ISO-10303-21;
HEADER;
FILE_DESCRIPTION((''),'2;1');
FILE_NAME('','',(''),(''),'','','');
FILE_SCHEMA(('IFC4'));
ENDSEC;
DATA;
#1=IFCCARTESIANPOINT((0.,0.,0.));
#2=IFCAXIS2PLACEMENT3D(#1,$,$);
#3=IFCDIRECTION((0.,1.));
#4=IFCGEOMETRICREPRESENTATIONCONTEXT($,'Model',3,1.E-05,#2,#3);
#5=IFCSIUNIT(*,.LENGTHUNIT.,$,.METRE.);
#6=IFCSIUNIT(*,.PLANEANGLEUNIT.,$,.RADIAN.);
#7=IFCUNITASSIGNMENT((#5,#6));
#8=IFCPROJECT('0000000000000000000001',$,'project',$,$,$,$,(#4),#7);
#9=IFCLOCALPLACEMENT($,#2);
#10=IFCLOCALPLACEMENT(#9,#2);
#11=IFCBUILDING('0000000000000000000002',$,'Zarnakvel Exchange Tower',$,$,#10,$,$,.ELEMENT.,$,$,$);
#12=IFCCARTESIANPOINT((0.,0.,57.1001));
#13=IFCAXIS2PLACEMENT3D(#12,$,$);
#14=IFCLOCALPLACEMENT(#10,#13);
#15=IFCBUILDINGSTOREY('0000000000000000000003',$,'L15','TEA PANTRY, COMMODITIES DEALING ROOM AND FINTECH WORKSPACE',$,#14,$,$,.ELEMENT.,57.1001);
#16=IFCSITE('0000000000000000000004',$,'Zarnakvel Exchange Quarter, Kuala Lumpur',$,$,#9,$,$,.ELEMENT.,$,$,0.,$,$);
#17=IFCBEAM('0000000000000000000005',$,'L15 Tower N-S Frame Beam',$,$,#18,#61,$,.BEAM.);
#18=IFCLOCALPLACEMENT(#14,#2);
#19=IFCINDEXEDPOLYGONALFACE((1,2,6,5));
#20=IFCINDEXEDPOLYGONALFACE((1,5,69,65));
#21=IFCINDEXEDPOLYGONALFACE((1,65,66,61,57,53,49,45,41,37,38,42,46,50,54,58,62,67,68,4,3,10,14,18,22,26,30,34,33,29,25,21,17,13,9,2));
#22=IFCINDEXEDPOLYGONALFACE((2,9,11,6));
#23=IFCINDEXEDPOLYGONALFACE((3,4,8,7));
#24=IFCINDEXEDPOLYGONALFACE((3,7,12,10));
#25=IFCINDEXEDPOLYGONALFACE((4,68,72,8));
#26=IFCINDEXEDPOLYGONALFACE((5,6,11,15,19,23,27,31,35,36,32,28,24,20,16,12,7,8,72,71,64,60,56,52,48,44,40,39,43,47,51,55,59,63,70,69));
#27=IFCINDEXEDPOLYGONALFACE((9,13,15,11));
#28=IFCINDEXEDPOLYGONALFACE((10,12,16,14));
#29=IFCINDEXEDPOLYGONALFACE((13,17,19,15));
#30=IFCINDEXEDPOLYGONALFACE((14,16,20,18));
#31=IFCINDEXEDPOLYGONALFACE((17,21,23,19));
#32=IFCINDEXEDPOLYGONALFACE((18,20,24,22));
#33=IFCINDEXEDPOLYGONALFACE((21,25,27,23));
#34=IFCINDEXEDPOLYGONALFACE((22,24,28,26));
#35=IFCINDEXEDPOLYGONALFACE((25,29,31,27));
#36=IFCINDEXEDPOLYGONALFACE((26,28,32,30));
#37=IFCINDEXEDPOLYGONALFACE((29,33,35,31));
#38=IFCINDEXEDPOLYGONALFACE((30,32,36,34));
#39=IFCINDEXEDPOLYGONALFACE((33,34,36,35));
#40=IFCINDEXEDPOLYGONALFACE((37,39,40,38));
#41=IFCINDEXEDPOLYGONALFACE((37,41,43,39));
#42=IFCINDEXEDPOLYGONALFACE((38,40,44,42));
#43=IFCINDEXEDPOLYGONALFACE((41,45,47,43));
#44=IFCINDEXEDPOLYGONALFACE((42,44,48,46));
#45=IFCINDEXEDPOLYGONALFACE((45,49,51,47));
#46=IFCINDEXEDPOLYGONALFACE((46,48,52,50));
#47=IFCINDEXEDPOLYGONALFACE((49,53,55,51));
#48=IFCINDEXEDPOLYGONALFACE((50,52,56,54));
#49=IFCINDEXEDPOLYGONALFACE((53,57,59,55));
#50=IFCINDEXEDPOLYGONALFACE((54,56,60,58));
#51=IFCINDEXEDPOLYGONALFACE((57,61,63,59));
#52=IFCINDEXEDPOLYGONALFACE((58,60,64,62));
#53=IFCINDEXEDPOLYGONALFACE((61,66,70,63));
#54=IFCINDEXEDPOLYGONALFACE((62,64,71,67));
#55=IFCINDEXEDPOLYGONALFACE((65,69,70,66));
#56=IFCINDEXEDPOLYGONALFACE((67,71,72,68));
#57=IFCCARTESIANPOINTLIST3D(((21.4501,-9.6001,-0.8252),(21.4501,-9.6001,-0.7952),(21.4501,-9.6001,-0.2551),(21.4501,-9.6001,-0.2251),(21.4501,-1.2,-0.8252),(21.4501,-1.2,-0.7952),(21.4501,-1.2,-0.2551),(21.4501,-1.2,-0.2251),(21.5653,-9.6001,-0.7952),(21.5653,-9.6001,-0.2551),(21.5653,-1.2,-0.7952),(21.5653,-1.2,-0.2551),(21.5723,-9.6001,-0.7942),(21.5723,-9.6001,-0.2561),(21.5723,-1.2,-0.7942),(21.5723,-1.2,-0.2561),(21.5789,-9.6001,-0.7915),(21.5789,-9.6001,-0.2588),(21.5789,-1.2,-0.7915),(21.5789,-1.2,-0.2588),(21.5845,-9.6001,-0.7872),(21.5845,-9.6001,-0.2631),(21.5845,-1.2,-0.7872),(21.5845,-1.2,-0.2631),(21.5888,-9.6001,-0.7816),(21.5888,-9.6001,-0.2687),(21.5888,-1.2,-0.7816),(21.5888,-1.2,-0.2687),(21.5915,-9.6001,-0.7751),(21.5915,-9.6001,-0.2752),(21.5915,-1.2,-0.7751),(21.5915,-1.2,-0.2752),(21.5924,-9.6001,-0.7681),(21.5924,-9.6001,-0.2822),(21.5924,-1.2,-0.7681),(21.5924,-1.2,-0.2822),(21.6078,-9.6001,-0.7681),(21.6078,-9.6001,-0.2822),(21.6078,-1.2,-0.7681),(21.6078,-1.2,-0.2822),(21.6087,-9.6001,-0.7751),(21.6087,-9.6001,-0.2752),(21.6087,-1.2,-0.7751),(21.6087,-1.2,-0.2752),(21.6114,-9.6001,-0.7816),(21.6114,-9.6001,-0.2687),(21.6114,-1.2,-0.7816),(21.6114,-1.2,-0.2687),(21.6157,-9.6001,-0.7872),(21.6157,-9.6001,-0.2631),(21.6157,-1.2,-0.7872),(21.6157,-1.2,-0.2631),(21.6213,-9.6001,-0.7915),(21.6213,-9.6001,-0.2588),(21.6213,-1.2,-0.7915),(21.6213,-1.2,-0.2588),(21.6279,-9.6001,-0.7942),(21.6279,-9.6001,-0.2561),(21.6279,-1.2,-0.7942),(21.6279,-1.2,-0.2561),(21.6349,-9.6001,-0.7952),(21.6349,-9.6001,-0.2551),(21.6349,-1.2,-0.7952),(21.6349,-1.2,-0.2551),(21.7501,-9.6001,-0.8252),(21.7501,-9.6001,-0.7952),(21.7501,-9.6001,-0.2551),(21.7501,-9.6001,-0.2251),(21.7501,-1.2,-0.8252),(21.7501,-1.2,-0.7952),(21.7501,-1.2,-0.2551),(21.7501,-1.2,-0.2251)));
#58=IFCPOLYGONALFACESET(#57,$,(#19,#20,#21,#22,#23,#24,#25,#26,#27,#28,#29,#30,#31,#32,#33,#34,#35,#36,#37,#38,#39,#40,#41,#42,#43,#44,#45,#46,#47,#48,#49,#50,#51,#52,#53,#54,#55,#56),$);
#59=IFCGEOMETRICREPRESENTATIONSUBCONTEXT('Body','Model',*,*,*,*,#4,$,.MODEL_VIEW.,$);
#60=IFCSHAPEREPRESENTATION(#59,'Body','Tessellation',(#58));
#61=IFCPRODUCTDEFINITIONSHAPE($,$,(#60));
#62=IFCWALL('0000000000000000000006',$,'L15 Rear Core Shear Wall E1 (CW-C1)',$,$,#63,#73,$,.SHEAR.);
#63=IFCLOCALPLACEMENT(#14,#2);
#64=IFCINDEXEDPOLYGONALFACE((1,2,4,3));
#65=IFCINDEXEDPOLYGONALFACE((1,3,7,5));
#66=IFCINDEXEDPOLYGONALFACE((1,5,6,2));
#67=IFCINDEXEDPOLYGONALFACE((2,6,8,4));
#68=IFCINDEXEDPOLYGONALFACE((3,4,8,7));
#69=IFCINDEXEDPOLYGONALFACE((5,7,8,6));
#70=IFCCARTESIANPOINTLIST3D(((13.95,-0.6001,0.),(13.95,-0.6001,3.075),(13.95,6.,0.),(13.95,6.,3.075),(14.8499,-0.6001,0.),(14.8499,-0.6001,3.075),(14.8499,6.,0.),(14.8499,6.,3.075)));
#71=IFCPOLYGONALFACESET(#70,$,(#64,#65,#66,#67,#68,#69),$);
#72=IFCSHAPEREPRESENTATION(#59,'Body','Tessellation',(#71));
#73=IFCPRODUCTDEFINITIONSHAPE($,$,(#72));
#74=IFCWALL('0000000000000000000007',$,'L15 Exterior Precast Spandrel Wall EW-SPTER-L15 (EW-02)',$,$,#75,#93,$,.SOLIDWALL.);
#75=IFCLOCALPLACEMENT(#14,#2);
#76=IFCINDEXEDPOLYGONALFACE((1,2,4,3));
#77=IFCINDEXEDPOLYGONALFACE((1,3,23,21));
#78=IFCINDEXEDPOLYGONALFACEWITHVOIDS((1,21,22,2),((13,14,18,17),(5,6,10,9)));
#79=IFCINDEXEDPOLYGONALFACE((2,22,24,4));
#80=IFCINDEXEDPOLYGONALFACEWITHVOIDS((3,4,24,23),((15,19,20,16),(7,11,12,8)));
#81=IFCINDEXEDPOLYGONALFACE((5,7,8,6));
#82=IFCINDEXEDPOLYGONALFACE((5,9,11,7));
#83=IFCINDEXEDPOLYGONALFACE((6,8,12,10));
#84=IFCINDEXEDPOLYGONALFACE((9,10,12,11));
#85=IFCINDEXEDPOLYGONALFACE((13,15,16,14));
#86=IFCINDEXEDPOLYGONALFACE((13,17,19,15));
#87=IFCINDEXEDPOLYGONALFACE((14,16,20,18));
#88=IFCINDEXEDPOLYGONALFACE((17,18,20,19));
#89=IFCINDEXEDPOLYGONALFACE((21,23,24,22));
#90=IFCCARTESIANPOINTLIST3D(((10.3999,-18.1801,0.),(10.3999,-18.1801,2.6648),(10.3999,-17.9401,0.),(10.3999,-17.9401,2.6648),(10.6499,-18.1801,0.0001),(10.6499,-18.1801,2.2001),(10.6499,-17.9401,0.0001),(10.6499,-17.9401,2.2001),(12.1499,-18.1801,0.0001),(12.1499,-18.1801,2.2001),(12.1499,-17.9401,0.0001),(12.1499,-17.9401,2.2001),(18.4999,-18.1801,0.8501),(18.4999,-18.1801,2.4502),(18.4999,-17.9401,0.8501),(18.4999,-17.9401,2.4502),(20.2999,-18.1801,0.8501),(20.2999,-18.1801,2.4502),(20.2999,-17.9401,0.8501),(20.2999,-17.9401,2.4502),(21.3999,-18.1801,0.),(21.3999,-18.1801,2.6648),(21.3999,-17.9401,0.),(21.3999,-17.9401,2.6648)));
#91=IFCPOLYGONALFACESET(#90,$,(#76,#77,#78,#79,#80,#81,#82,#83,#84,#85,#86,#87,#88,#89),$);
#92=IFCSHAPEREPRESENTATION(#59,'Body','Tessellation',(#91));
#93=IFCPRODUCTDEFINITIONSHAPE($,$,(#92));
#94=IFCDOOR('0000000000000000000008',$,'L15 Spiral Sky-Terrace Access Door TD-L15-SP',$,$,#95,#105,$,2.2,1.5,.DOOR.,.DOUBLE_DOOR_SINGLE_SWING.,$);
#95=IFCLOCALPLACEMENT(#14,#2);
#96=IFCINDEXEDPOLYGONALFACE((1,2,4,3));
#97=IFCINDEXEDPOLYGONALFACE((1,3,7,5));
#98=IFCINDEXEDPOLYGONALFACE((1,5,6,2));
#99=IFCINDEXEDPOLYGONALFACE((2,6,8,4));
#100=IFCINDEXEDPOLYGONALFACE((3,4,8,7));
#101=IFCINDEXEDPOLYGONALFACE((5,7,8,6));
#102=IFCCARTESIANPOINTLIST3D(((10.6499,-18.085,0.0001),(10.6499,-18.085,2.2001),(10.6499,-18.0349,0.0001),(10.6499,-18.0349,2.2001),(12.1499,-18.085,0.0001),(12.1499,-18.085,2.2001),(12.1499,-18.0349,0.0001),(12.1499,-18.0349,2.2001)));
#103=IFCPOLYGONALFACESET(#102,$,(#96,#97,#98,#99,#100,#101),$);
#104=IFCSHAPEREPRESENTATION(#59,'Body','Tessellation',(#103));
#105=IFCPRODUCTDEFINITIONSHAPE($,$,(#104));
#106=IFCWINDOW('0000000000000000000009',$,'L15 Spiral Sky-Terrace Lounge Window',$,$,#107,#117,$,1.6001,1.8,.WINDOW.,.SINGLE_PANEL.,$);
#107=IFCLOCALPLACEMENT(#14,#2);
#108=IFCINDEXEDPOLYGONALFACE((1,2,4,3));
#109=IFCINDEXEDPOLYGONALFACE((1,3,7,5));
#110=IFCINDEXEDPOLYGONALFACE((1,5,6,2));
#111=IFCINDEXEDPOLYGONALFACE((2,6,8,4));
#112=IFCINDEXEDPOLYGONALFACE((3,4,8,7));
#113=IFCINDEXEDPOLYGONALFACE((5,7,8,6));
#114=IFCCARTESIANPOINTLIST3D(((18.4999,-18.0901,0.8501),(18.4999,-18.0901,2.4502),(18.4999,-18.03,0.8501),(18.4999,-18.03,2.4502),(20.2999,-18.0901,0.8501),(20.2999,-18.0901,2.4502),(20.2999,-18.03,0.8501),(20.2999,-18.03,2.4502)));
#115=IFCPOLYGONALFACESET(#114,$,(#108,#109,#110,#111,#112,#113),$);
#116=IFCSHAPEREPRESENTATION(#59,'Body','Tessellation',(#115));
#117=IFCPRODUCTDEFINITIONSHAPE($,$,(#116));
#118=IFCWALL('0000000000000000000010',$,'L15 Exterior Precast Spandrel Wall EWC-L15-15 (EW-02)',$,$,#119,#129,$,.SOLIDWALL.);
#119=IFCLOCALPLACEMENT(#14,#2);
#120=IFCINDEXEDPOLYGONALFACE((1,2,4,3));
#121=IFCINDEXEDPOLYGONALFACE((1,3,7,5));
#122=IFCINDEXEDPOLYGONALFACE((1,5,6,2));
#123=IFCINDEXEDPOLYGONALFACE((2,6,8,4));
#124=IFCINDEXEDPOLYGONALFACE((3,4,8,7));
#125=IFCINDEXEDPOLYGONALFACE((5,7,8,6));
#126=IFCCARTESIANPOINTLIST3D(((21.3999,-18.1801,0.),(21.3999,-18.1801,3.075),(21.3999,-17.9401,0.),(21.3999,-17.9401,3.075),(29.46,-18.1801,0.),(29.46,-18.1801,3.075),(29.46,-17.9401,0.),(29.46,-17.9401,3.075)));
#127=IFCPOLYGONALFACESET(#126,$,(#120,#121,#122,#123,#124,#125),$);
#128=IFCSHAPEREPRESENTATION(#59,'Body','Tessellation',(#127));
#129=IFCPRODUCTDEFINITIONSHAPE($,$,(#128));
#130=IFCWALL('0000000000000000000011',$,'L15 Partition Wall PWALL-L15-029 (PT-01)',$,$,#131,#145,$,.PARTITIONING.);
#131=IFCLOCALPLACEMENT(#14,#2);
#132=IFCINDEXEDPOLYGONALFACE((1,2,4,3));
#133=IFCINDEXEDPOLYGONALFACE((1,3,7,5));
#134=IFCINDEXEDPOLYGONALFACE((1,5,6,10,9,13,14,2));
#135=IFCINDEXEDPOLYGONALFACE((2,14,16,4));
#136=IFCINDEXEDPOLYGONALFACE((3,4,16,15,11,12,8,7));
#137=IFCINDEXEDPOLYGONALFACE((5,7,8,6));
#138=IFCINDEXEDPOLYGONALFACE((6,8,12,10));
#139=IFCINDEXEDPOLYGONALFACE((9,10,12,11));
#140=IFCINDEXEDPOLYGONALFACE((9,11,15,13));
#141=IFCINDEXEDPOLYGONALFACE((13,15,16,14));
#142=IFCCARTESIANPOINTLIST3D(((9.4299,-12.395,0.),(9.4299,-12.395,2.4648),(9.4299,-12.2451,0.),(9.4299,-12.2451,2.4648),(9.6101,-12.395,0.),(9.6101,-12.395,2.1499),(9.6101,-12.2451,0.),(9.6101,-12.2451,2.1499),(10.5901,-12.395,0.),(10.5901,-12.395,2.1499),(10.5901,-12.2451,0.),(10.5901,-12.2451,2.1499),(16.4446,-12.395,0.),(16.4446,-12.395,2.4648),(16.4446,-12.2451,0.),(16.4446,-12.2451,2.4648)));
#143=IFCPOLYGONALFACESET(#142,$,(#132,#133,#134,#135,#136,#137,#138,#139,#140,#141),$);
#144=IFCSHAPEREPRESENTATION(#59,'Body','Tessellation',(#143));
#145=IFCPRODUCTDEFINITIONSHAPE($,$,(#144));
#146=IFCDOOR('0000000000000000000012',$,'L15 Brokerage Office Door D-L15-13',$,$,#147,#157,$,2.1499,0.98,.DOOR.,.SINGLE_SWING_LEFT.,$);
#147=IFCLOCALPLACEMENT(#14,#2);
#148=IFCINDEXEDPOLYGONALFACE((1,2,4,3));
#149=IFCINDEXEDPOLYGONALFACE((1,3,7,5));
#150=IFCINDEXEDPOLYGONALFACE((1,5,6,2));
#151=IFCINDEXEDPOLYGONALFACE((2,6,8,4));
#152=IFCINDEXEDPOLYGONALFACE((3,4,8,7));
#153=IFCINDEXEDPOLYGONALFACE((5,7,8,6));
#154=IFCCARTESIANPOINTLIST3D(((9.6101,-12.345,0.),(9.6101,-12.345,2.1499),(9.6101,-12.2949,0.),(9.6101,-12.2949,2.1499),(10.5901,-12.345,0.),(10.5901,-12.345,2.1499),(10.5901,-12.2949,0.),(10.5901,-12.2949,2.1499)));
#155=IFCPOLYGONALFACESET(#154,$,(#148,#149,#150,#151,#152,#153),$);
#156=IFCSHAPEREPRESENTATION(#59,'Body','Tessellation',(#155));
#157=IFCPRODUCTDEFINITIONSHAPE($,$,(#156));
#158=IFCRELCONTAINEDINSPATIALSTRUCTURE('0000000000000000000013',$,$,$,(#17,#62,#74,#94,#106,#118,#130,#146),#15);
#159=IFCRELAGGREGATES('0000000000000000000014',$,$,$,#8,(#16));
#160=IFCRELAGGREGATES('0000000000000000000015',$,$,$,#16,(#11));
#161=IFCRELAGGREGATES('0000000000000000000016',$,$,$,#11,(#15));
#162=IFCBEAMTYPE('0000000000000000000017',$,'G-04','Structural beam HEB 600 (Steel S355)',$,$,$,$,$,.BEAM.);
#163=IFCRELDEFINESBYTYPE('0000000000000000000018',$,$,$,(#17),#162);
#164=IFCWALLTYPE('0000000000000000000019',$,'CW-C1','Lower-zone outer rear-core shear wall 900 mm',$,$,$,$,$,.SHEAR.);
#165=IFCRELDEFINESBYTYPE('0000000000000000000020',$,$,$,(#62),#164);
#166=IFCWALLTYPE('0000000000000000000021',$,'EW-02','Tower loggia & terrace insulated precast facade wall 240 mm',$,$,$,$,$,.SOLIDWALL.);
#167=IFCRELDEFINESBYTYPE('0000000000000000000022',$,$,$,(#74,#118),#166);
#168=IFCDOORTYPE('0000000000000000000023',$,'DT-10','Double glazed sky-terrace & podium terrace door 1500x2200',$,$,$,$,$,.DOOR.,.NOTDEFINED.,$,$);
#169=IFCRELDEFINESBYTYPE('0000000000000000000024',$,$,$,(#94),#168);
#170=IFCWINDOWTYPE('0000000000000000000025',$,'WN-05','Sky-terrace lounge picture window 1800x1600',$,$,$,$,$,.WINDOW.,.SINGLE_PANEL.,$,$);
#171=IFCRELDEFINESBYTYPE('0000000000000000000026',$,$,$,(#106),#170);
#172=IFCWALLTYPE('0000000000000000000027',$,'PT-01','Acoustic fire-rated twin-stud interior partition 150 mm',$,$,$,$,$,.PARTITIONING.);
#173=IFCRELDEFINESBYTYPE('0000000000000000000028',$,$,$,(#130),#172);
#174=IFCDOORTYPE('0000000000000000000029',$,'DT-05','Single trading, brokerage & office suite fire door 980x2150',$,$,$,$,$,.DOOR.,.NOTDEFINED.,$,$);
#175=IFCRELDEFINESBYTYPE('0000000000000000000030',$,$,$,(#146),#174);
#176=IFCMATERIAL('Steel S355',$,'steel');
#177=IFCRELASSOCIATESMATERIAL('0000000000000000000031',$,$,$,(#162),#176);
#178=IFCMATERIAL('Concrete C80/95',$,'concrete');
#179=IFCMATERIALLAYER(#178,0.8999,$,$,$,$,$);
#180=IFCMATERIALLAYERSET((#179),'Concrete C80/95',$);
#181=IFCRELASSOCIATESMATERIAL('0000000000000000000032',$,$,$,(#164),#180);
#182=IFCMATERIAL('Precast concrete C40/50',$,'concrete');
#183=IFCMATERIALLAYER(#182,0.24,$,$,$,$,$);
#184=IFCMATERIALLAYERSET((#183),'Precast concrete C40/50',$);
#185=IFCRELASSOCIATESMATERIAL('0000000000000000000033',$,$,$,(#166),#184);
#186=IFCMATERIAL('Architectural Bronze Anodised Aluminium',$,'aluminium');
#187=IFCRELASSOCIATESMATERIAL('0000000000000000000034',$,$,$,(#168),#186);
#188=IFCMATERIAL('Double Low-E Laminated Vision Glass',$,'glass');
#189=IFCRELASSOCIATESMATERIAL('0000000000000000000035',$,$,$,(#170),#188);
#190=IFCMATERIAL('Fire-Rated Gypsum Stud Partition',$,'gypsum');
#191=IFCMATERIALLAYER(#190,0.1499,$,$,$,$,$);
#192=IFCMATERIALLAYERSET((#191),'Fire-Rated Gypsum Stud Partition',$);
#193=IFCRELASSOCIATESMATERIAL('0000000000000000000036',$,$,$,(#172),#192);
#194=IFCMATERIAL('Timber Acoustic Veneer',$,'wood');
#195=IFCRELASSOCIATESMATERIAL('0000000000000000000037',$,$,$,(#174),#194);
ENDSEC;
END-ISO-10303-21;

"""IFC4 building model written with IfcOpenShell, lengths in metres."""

from ifc_helpers import new_model, si_unit, direction, frame, frame_2d, origin, origin_2d, place, context, subcontext, project, spatial, rectangle, i_section, extrude, source, transform, mapped, material, layer, layer_set, material_profile, profile_set, type_object, element, fill, save


model = new_model("IFC4")

# Units and contexts
model_context = context("Model", 3, precision=1e-05, world=origin(), true_north=direction((0.0, 1.0)))
body_context = subcontext(model_context, "Body", "Model", "MODEL_VIEW")
ifc_project = project(units=[si_unit("LENGTHUNIT", "METRE"), si_unit("PLANEANGLEUNIT", "RADIAN")], contexts=[model_context])

# Site, building, storey
site_placement = place(None, origin())
site = spatial("IfcSite", under=ifc_project, at=site_placement, Name="Zarnakvel Exchange Quarter, Kuala Lumpur", CompositionType="ELEMENT", RefElevation=0.0)
building_placement = place(site_placement, origin())
building = spatial("IfcBuilding", under=site, at=building_placement, Name="Zarnakvel Exchange Tower", CompositionType="ELEMENT")
storey_placement = place(building_placement, frame((0.0, 0.0, 57.1001)))
storey = spatial("IfcBuildingStorey", under=building, at=storey_placement, Name="L15", Description="TEA PANTRY, COMMODITIES DEALING ROOM AND FINTECH WORKSPACE", CompositionType="ELEMENT", Elevation=57.1001)

# Shared definitions
ifc_material_1 = material(Name="Concrete C80/95", Category="concrete")

# Beam
ifc_material_2 = material(Name="Steel S355", Category="steel")
ifc_material_profile_1 = material_profile(ifc_material_2, i_section(OverallWidth=0.3, OverallDepth=0.6001, WebThickness=0.0154, FlangeThickness=0.03, FilletRadius=0.0271, at=origin_2d()))
ifc_profile_set_1 = profile_set([ifc_material_profile_1], Name="Steel S355")
beam_type_1 = type_object("IfcBeamType", Name="G-04", Description="Structural beam HEB 600 (Steel S355)", PredefinedType="BEAM", material=ifc_profile_set_1)
beam_1_placement = place(storey_placement, frame((21.6001, -9.6001, -0.5251), z_axis=(0.0, 1.0, 0.0), x_axis=(-1.0, 0.0, 0.0)))
element("IfcBeam", 1, at=beam_1_placement, inside=storey, type_object=beam_type_1, Name="L15 Tower N-S Frame Beam", PredefinedType="BEAM", context=body_context, shape_type="SweptSolid", body=[
    extrude(i_section(OverallWidth=0.3, OverallDepth=0.6001, WebThickness=0.0154, FlangeThickness=0.03, FilletRadius=0.0271, at=origin_2d()), origin(), (0.0, 0.0, 1.0), 8.4001),
])

# Wall
ifc_layer_1 = layer(ifc_material_1, 0.8999)
ifc_layer_set_1 = layer_set([ifc_layer_1], Name="Concrete C80/95")
wall_type_1 = type_object("IfcWallType", Name="CW-C1", Description="Lower-zone outer rear-core shear wall 900 mm", PredefinedType="SHEAR", material=ifc_layer_set_1)
wall_1_placement = place(storey_placement, frame((14.3999, -0.6001, 0.0), z_axis=(0.0, 0.0, 1.0), x_axis=(0.0, 1.0, 0.0)))
element("IfcWall", 2, at=wall_1_placement, inside=storey, type_object=wall_type_1, Name="L15 Rear Core Shear Wall E1 (CW-C1)", PredefinedType="SHEAR", context=body_context, shape_type="SweptSolid", body=[
    extrude(rectangle(XDim=6.6001, YDim=0.8999, at=frame_2d((3.3, 0.0))), origin(), (0.0, 0.0, 1.0), 3.075),
])

# Wall, openings, door, window
ifc_material_3 = material(Name="Precast concrete C40/50", Category="concrete")
ifc_layer_2 = layer(ifc_material_3, 0.24)
ifc_layer_set_2 = layer_set([ifc_layer_2], Name="Precast concrete C40/50")
wall_type_2 = type_object("IfcWallType", Name="EW-02", Description="Tower loggia & terrace insulated precast facade wall 240 mm", PredefinedType="SOLIDWALL", material=ifc_layer_set_2)
wall_2_placement = place(storey_placement, frame((21.3999, -18.0601, 0.0), z_axis=(0.0, 0.0, 1.0), x_axis=(-1.0, 0.0, 0.0)))
wall_2 = element("IfcWall", 3, at=wall_2_placement, inside=storey, type_object=wall_type_2, Name="L15 Exterior Precast Spandrel Wall EW-SPTER-L15 (EW-02)", PredefinedType="SOLIDWALL", context=body_context, shape_type="SweptSolid", body=[
    extrude(rectangle(XDim=11.0, YDim=0.24, at=frame_2d((5.5, 0.0))), origin(), (0.0, 0.0, 1.0), 2.6648),
])
opening_1_placement = place(wall_2_placement, frame((9.25, 0.0, 0.0)))
opening_1 = element("IfcOpeningElement", 4, at=opening_1_placement, cuts=wall_2, PredefinedType="OPENING", context=body_context, shape_type="SweptSolid", body=[
    extrude(rectangle(XDim=1.5, YDim=2.2, at=frame_2d((0.75, 1.1001))), frame((0.0, 0.1299, 0.0), z_axis=(0.0, -1.0, 0.0), x_axis=(1.0, 0.0, 0.0)), (0.0, 0.0, 1.0), 0.26),
])
opening_2_placement = place(wall_2_placement, frame((1.1001, 0.0, 0.8501)))
opening_2 = element("IfcOpeningElement", 5, at=opening_2_placement, cuts=wall_2, PredefinedType="OPENING", context=body_context, shape_type="SweptSolid", body=[
    extrude(rectangle(XDim=1.8, YDim=1.6001, at=frame_2d((0.8999, 0.8))), frame((0.0, 0.1299, 0.0), z_axis=(0.0, -1.0, 0.0), x_axis=(1.0, 0.0, 0.0)), (0.0, 0.0, 1.0), 0.26),
])
ifc_material_4 = material(Name="Architectural Bronze Anodised Aluminium", Category="aluminium")
door_type_1 = type_object("IfcDoorType", Name="DT-10", Description="Double glazed sky-terrace & podium terrace door 1500x2200", OperationType="NOTDEFINED", PredefinedType="DOOR", material=ifc_material_4)
shared_shape_1 = source(origin(), body_context, "Body", "SweptSolid", [
    extrude(rectangle(XDim=1.5, YDim=2.2, at=frame_2d((0.75, 1.1001))), frame((0.0, 0.0249, 0.0), z_axis=(0.0, -1.0, 0.0), x_axis=(1.0, 0.0, 0.0)), (0.0, 0.0, 1.0), 0.05),
])
door_1_placement = place(opening_1_placement, origin())
door_1 = element("IfcDoor", 6, at=door_1_placement, inside=storey, type_object=door_type_1, Name="L15 Spiral Sky-Terrace Access Door TD-L15-SP", OperationType="DOUBLE_DOOR_SINGLE_SWING", OverallHeight=2.2, OverallWidth=1.5, PredefinedType="DOOR", context=body_context, shape_type="MappedRepresentation", body=[
    mapped(shared_shape_1, transform((0.0, 0.0, 0.0), x_axis=(1.0, 0.0, 0.0), y_axis=(0.0, 1.0, 0.0), z_axis=(0.0, 0.0, 1.0), scale=1.0)),
])
fill(opening_1, door_1)
ifc_material_5 = material(Name="Double Low-E Laminated Vision Glass", Category="glass")
window_type = type_object("IfcWindowType", Name="WN-05", Description="Sky-terrace lounge picture window 1800x1600", PartitioningType="SINGLE_PANEL", PredefinedType="WINDOW", material=ifc_material_5)
shared_shape_2 = source(origin(), body_context, "Body", "SweptSolid", [
    extrude(rectangle(XDim=1.8, YDim=1.6001, at=frame_2d((0.8999, 0.8))), frame((0.0, 0.03, 0.0), z_axis=(0.0, -1.0, 0.0), x_axis=(1.0, 0.0, 0.0)), (0.0, 0.0, 1.0), 0.0601),
])
window_placement = place(opening_2_placement, origin())
window = element("IfcWindow", 7, at=window_placement, inside=storey, type_object=window_type, Name="L15 Spiral Sky-Terrace Lounge Window", OverallHeight=1.6001, OverallWidth=1.8, PartitioningType="SINGLE_PANEL", PredefinedType="WINDOW", context=body_context, shape_type="MappedRepresentation", body=[
    mapped(shared_shape_2, transform((0.0, 0.0, 0.0), x_axis=(1.0, 0.0, 0.0), y_axis=(0.0, 1.0, 0.0), z_axis=(0.0, 0.0, 1.0), scale=1.0)),
])
fill(opening_2, window)

# Wall
wall_3_placement = place(storey_placement, frame((21.3999, -18.0601, 0.0), z_axis=(0.0, 0.0, 1.0), x_axis=(1.0, 0.0, 0.0)))
element("IfcWall", 8, at=wall_3_placement, inside=storey, type_object=wall_type_2, Name="L15 Exterior Precast Spandrel Wall EWC-L15-15 (EW-02)", PredefinedType="SOLIDWALL", context=body_context, shape_type="SweptSolid", body=[
    extrude(rectangle(XDim=8.0601, YDim=0.24, at=frame_2d((4.03, 0.0))), origin(), (0.0, 0.0, 1.0), 3.075),
])

# Wall, opening, door
ifc_material_6 = material(Name="Fire-Rated Gypsum Stud Partition", Category="gypsum")
ifc_layer_3 = layer(ifc_material_6, 0.1499)
ifc_layer_set_3 = layer_set([ifc_layer_3], Name="Fire-Rated Gypsum Stud Partition")
wall_type_3 = type_object("IfcWallType", Name="PT-01", Description="Acoustic fire-rated twin-stud interior partition 150 mm", PredefinedType="PARTITIONING", material=ifc_layer_set_3)
wall_4_placement = place(storey_placement, frame((16.4446, -12.3201, 0.0), z_axis=(0.0, 0.0, 1.0), x_axis=(-1.0, 0.0, 0.0)))
wall_4 = element("IfcWall", 9, at=wall_4_placement, inside=storey, type_object=wall_type_3, Name="L15 Partition Wall PWALL-L15-029 (PT-01)", PredefinedType="PARTITIONING", context=body_context, shape_type="SweptSolid", body=[
    extrude(rectangle(XDim=7.0146, YDim=0.1499, at=frame_2d((3.5073, 0.0))), origin(), (0.0, 0.0, 1.0), 2.4648),
])
opening_3_placement = place(wall_4_placement, frame((5.8545, 0.0, 0.0)))
opening_3 = element("IfcOpeningElement", 10, at=opening_3_placement, cuts=wall_4, PredefinedType="OPENING", context=body_context, shape_type="SweptSolid", body=[
    extrude(rectangle(XDim=0.98, YDim=2.1499, at=frame_2d((0.49, 1.075))), frame((0.0, 0.085, 0.0), z_axis=(0.0, -1.0, 0.0), x_axis=(1.0, 0.0, 0.0)), (0.0, 0.0, 1.0), 0.1699),
])
ifc_material_7 = material(Name="Timber Acoustic Veneer", Category="wood")
door_type_2 = type_object("IfcDoorType", Name="DT-05", Description="Single trading, brokerage & office suite fire door 980x2150", OperationType="NOTDEFINED", PredefinedType="DOOR", material=ifc_material_7)
shared_shape_3 = source(origin(), body_context, "Body", "SweptSolid", [
    extrude(rectangle(XDim=0.98, YDim=2.1499, at=frame_2d((0.49, 1.075))), frame((0.0, 0.0249, 0.0), z_axis=(0.0, -1.0, 0.0), x_axis=(1.0, 0.0, 0.0)), (0.0, 0.0, 1.0), 0.05),
])
door_2_placement = place(opening_3_placement, origin())
door_2 = element("IfcDoor", 11, at=door_2_placement, inside=storey, type_object=door_type_2, Name="L15 Brokerage Office Door D-L15-13", OperationType="SINGLE_SWING_LEFT", OverallHeight=2.1499, OverallWidth=0.98, PredefinedType="DOOR", context=body_context, shape_type="MappedRepresentation", body=[
    mapped(shared_shape_3, transform((0.0, 0.0, 0.0), x_axis=(1.0, 0.0, 0.0), y_axis=(0.0, 1.0, 0.0), z_axis=(0.0, 0.0, 1.0), scale=1.0)),
])
fill(opening_3, door_2)

save(model, "model.ifc")
